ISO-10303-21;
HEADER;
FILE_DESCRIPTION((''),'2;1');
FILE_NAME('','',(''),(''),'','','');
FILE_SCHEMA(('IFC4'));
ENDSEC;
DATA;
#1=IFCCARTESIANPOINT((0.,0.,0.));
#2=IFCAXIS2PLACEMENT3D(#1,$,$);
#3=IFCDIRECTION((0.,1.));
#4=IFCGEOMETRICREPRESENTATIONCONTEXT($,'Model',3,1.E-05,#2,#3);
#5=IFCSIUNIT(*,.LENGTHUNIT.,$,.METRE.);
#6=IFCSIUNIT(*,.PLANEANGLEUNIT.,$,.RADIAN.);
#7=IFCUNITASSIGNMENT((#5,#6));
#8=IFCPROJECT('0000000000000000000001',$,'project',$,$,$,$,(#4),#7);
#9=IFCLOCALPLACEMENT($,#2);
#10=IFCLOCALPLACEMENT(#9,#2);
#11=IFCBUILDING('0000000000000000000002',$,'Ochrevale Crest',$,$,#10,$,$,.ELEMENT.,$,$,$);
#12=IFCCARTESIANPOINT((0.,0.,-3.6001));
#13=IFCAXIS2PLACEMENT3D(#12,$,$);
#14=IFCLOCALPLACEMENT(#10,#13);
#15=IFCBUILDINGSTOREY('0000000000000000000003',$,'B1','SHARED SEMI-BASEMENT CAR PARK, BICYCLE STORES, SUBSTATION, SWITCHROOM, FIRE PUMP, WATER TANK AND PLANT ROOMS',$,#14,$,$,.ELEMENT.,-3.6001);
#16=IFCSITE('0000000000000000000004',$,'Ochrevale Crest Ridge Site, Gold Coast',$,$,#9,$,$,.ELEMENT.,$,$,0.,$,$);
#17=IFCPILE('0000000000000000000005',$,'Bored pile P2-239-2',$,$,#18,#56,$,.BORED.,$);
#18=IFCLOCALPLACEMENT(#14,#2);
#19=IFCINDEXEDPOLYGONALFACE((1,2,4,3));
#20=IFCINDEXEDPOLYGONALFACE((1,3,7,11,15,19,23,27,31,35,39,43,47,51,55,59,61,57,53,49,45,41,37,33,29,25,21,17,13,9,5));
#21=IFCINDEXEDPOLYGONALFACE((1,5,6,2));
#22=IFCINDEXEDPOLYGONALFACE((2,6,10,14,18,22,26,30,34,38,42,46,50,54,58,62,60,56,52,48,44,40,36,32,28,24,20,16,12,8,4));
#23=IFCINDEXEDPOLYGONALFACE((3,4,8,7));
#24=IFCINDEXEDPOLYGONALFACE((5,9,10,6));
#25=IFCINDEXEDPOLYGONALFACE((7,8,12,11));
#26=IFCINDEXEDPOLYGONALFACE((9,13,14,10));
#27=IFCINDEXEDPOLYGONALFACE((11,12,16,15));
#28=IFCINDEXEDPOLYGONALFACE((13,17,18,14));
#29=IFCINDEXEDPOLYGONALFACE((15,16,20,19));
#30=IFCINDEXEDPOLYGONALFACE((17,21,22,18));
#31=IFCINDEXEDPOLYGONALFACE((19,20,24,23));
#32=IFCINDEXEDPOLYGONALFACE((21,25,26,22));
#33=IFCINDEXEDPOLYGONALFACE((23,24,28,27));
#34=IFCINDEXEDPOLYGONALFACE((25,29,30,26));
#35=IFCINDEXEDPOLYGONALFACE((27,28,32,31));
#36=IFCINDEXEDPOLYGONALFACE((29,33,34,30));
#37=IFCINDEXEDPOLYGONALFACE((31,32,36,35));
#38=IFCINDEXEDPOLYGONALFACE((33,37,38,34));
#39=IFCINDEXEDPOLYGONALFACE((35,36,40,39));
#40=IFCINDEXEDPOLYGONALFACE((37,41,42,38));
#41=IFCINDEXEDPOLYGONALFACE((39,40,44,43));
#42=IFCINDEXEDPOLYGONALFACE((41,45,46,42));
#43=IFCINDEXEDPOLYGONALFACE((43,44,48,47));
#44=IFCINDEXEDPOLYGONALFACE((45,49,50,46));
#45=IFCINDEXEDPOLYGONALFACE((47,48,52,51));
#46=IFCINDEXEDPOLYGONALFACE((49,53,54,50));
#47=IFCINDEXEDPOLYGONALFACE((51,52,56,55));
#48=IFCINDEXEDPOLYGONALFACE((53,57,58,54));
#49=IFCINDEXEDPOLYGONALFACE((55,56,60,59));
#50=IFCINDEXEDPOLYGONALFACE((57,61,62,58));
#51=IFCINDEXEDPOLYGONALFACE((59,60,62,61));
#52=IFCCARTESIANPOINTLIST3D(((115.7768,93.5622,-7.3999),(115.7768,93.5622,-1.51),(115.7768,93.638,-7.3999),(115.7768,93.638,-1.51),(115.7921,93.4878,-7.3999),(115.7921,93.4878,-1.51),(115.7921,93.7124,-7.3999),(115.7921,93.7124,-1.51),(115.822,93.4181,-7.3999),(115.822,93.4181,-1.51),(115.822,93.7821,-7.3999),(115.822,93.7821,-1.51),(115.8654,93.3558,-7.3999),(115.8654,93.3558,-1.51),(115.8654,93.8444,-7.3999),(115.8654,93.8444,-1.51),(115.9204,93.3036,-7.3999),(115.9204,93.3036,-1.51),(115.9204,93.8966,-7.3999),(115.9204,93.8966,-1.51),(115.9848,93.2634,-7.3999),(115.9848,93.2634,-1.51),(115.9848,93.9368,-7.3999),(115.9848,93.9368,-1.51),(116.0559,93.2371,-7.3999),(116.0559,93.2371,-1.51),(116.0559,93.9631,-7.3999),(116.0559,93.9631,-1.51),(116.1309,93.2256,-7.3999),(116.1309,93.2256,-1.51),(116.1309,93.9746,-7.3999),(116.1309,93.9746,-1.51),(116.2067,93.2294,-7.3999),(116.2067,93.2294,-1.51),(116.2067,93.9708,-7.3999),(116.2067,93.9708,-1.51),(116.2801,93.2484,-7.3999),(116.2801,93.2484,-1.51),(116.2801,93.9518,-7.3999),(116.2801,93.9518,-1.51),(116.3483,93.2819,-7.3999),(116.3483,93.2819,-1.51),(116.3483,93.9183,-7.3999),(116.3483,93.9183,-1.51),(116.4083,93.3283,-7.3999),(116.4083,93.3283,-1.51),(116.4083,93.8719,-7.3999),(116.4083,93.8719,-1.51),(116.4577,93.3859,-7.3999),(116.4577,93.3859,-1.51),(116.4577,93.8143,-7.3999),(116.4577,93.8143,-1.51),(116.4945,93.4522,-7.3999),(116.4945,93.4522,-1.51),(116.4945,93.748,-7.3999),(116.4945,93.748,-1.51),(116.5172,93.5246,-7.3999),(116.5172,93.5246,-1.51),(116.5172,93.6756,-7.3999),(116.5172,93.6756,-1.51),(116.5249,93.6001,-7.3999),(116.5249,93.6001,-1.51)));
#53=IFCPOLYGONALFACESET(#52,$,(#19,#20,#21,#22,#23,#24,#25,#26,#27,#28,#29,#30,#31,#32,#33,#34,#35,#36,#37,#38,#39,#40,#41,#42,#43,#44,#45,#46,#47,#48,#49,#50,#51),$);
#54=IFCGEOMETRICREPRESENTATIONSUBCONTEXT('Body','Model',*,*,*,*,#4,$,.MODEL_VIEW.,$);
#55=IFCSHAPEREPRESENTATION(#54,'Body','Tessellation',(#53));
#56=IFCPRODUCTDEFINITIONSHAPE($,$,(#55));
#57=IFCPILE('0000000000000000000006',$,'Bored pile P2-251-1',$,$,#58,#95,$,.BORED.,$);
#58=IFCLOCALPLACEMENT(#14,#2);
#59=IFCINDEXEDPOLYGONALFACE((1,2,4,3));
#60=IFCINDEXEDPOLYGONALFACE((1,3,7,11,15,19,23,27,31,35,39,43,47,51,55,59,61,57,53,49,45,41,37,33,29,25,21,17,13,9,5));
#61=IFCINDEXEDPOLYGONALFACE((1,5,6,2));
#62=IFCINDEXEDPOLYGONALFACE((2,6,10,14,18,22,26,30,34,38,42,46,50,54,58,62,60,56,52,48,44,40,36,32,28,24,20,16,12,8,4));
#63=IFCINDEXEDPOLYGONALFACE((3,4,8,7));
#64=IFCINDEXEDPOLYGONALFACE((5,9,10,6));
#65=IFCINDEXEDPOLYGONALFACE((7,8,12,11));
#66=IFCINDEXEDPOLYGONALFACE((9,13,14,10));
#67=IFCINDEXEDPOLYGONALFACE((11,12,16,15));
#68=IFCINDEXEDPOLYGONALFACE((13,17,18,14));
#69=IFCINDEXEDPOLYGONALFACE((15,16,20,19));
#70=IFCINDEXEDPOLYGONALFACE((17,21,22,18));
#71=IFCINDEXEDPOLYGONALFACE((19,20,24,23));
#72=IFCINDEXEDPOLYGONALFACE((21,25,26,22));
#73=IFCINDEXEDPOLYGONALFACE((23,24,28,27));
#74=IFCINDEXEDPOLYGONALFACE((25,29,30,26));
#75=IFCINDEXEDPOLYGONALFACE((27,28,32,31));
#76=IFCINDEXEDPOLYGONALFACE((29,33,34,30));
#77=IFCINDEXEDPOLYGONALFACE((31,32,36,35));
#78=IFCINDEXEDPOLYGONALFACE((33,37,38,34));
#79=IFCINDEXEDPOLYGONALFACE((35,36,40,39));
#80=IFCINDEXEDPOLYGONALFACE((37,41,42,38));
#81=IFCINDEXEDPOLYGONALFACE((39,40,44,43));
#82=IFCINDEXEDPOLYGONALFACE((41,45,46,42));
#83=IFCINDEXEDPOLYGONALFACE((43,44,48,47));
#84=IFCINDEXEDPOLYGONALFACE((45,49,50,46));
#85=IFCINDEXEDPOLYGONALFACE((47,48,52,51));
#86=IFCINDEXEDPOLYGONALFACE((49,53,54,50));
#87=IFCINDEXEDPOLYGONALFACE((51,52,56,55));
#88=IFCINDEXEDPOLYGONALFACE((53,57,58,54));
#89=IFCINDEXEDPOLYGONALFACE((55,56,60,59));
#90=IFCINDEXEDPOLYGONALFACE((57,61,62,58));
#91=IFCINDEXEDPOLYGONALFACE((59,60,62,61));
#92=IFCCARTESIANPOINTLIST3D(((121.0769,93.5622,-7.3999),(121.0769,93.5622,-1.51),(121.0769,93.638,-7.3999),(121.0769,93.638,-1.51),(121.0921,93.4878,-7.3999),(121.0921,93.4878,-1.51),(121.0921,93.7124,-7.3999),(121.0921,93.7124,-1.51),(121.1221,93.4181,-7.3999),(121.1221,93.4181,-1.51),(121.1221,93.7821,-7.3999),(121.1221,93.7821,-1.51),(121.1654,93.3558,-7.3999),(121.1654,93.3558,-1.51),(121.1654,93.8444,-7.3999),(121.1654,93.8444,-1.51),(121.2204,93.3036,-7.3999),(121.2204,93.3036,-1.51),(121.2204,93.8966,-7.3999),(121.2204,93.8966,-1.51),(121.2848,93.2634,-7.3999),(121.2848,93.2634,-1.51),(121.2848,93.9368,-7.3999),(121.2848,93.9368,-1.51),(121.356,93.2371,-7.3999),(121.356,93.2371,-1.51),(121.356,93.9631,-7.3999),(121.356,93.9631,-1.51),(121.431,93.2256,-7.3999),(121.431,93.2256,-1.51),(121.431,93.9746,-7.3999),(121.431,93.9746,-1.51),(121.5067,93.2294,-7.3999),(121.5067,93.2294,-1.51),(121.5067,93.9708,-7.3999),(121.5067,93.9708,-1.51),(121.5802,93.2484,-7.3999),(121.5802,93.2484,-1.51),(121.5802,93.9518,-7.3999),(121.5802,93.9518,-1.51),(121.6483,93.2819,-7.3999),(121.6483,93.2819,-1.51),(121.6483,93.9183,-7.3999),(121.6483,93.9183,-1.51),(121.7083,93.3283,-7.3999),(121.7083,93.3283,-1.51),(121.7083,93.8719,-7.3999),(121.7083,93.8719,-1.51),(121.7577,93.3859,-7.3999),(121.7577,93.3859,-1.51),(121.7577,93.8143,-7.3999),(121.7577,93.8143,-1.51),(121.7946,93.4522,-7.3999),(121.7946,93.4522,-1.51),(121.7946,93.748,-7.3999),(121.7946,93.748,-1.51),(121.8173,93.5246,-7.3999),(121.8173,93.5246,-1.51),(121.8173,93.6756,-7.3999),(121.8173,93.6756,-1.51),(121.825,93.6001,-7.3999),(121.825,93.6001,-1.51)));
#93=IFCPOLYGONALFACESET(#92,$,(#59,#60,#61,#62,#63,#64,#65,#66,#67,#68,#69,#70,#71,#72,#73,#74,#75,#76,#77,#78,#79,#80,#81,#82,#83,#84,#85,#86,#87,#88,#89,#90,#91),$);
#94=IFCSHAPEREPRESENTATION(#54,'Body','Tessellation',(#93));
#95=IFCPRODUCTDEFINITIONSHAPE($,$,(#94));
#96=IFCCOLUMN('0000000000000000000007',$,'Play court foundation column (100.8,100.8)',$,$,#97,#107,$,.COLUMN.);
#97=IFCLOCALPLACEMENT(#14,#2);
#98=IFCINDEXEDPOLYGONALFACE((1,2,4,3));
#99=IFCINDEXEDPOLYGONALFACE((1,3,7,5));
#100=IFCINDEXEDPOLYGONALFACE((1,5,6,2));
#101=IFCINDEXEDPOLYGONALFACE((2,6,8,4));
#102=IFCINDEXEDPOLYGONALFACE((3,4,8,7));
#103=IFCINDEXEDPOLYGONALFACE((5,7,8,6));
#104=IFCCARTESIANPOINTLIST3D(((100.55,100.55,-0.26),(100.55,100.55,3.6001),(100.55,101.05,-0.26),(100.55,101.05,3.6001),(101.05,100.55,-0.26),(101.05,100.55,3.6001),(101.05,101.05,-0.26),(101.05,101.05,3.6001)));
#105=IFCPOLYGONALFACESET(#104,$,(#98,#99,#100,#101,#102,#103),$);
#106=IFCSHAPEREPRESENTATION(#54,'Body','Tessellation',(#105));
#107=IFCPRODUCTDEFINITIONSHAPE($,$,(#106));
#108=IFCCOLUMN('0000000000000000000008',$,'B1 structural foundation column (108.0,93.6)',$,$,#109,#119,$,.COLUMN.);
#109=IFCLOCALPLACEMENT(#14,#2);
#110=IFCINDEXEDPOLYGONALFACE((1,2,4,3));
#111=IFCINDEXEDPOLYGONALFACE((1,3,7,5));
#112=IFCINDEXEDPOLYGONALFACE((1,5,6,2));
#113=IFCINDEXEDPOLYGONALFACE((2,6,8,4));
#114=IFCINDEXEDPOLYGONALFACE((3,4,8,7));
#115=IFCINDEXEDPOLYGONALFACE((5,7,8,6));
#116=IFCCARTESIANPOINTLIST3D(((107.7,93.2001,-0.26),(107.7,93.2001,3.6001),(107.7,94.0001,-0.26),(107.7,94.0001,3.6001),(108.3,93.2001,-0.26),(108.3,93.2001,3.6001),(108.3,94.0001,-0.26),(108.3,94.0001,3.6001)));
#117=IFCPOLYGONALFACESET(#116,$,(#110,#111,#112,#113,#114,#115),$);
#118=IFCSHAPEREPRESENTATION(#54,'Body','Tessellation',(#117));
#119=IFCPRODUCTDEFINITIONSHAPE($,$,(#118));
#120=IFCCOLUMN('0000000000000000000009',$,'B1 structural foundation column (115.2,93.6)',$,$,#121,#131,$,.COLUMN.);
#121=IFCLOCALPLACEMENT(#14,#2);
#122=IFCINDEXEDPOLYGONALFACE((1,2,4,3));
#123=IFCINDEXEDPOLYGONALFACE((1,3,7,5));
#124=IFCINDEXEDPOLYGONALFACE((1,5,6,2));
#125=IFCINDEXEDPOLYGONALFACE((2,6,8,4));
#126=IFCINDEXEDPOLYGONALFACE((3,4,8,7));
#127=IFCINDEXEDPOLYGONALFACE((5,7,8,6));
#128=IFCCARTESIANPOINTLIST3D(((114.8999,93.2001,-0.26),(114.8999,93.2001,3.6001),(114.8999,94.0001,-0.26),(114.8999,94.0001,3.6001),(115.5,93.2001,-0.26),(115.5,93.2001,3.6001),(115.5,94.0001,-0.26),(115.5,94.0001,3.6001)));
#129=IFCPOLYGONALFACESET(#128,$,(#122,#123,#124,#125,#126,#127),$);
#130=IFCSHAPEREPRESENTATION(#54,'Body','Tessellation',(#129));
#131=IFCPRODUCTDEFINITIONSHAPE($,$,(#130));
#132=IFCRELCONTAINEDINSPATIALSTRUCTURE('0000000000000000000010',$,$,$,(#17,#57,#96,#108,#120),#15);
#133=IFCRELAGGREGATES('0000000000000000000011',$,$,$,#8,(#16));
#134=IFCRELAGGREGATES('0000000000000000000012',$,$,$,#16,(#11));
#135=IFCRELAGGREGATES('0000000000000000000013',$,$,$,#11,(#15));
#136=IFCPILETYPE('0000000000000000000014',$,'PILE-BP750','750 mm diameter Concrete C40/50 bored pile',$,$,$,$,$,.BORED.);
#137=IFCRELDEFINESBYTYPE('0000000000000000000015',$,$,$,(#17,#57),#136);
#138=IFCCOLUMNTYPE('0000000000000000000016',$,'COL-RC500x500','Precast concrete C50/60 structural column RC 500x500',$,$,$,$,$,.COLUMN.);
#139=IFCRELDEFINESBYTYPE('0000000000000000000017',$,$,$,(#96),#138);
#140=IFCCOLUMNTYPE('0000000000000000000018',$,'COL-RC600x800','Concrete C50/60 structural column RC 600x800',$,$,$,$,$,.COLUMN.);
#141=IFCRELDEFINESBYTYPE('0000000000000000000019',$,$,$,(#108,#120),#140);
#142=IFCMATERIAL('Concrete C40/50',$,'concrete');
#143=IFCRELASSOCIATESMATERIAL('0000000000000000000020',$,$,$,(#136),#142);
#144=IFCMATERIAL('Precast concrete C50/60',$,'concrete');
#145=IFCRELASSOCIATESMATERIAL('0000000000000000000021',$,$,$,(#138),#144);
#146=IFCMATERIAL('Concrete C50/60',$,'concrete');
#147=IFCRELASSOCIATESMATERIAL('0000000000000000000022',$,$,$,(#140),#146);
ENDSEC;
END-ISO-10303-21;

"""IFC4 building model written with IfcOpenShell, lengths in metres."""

from ifc_helpers import new_model, si_unit, direction, frame, origin, origin_2d, place, context, subcontext, project, spatial, rectangle, circle, extrude, material, material_profile, profile_set, type_object, element, save


model = new_model("IFC4")

# Units and contexts
model_context = context("Model", 3, precision=1e-05, world=origin(), true_north=direction((0.0, 1.0)))
body_context = subcontext(model_context, "Body", "Model", "MODEL_VIEW")
ifc_project = project(units=[si_unit("LENGTHUNIT", "METRE"), si_unit("PLANEANGLEUNIT", "RADIAN")], contexts=[model_context])

# Site, building, storey
site_placement = place(None, origin())
site = spatial("IfcSite", under=ifc_project, at=site_placement, Name="Ochrevale Crest Ridge Site, Gold Coast", CompositionType="ELEMENT", RefElevation=0.0)
building_placement = place(site_placement, origin())
building = spatial("IfcBuilding", under=site, at=building_placement, Name="Ochrevale Crest", CompositionType="ELEMENT")
storey_placement = place(building_placement, frame((0.0, 0.0, -3.6001)))
storey = spatial("IfcBuildingStorey", under=building, at=storey_placement, Name="B1", Description="SHARED SEMI-BASEMENT CAR PARK, BICYCLE STORES, SUBSTATION, SWITCHROOM, FIRE PUMP, WATER TANK AND PLANT ROOMS", CompositionType="ELEMENT", Elevation=-3.6001)

# Shared definitions
ifc_material_1 = material(Name="Concrete C40/50", Category="concrete")

# Piles
ifc_material_profile_1 = material_profile(ifc_material_1, circle(Radius=0.375, at=origin_2d()), Name="BORED PILE 750")
ifc_profile_set_1 = profile_set([ifc_material_profile_1], Name="Concrete C40/50")
pile_type_1 = type_object("IfcPileType", Name="PILE-BP750", Description="750 mm diameter Concrete C40/50 bored pile", PredefinedType="BORED", material=ifc_profile_set_1)
for number, where, z_axis, x_axis, name in (
    (1, (116.1499, 93.6001, -1.51), (0.0, 0.0, -1.0), (1.0, 0.0, 0.0), "Bored pile P2-239-2"),
    (2, (121.45, 93.6001, -1.51), (0.0, 0.0, -1.0), (1.0, 0.0, 0.0), "Bored pile P2-251-1"),
):
    element("IfcPile", number, at=place(storey_placement, frame(where, z_axis=z_axis, x_axis=x_axis)), inside=storey, type_object=pile_type_1, Name=name, PredefinedType="BORED", context=body_context, shape_type="SweptSolid", body=[
        extrude(circle(Radius=0.375, at=origin_2d()), origin(), (0.0, 0.0, 1.0), 5.8899),
    ])

# Columns
ifc_material_2 = material(Name="Precast concrete C50/60", Category="concrete")
ifc_material_profile_2 = material_profile(ifc_material_2, rectangle(XDim=0.5, YDim=0.5, at=origin_2d()), Name="RC 500x500")
ifc_profile_set_2 = profile_set([ifc_material_profile_2], Name="Precast concrete C50/60")
column_type_1 = type_object("IfcColumnType", Name="COL-RC500x500", Description="Precast concrete C50/60 structural column RC 500x500", PredefinedType="COLUMN", material=ifc_profile_set_2)
column_placement = place(storey_placement, frame((100.8, 100.8, -0.26), z_axis=(0.0, 0.0, 1.0), x_axis=(1.0, 0.0, 0.0)))
element("IfcColumn", 3, at=column_placement, inside=storey, type_object=column_type_1, Name="Play court foundation column (100.8,100.8)", PredefinedType="COLUMN", context=body_context, shape_type="SweptSolid", body=[
    extrude(rectangle(XDim=0.5, YDim=0.5, at=origin_2d()), origin(), (0.0, 0.0, 1.0), 3.8601),
])
ifc_material_3 = material(Name="Concrete C50/60", Category="concrete")
ifc_material_profile_3 = material_profile(ifc_material_3, rectangle(XDim=0.6001, YDim=0.8, at=origin_2d()), Name="RC 600x800")
ifc_profile_set_3 = profile_set([ifc_material_profile_3], Name="Concrete C50/60")
column_type_2 = type_object("IfcColumnType", Name="COL-RC600x800", Description="Concrete C50/60 structural column RC 600x800", PredefinedType="COLUMN", material=ifc_profile_set_3)
for number, where, z_axis, x_axis, name in (
    (4, (108.0, 93.6001, -0.26), (0.0, 0.0, 1.0), (1.0, 0.0, 0.0), "B1 structural foundation column (108.0,93.6)"),
    (5, (115.2, 93.6001, -0.26), (0.0, 0.0, 1.0), (1.0, 0.0, 0.0), "B1 structural foundation column (115.2,93.6)"),
):
    element("IfcColumn", number, at=place(storey_placement, frame(where, z_axis=z_axis, x_axis=x_axis)), inside=storey, type_object=column_type_2, Name=name, PredefinedType="COLUMN", context=body_context, shape_type="SweptSolid", body=[
        extrude(rectangle(XDim=0.6001, YDim=0.8, at=origin_2d()), origin(), (0.0, 0.0, 1.0), 3.8601),
    ])

save(model, "model.ifc")
